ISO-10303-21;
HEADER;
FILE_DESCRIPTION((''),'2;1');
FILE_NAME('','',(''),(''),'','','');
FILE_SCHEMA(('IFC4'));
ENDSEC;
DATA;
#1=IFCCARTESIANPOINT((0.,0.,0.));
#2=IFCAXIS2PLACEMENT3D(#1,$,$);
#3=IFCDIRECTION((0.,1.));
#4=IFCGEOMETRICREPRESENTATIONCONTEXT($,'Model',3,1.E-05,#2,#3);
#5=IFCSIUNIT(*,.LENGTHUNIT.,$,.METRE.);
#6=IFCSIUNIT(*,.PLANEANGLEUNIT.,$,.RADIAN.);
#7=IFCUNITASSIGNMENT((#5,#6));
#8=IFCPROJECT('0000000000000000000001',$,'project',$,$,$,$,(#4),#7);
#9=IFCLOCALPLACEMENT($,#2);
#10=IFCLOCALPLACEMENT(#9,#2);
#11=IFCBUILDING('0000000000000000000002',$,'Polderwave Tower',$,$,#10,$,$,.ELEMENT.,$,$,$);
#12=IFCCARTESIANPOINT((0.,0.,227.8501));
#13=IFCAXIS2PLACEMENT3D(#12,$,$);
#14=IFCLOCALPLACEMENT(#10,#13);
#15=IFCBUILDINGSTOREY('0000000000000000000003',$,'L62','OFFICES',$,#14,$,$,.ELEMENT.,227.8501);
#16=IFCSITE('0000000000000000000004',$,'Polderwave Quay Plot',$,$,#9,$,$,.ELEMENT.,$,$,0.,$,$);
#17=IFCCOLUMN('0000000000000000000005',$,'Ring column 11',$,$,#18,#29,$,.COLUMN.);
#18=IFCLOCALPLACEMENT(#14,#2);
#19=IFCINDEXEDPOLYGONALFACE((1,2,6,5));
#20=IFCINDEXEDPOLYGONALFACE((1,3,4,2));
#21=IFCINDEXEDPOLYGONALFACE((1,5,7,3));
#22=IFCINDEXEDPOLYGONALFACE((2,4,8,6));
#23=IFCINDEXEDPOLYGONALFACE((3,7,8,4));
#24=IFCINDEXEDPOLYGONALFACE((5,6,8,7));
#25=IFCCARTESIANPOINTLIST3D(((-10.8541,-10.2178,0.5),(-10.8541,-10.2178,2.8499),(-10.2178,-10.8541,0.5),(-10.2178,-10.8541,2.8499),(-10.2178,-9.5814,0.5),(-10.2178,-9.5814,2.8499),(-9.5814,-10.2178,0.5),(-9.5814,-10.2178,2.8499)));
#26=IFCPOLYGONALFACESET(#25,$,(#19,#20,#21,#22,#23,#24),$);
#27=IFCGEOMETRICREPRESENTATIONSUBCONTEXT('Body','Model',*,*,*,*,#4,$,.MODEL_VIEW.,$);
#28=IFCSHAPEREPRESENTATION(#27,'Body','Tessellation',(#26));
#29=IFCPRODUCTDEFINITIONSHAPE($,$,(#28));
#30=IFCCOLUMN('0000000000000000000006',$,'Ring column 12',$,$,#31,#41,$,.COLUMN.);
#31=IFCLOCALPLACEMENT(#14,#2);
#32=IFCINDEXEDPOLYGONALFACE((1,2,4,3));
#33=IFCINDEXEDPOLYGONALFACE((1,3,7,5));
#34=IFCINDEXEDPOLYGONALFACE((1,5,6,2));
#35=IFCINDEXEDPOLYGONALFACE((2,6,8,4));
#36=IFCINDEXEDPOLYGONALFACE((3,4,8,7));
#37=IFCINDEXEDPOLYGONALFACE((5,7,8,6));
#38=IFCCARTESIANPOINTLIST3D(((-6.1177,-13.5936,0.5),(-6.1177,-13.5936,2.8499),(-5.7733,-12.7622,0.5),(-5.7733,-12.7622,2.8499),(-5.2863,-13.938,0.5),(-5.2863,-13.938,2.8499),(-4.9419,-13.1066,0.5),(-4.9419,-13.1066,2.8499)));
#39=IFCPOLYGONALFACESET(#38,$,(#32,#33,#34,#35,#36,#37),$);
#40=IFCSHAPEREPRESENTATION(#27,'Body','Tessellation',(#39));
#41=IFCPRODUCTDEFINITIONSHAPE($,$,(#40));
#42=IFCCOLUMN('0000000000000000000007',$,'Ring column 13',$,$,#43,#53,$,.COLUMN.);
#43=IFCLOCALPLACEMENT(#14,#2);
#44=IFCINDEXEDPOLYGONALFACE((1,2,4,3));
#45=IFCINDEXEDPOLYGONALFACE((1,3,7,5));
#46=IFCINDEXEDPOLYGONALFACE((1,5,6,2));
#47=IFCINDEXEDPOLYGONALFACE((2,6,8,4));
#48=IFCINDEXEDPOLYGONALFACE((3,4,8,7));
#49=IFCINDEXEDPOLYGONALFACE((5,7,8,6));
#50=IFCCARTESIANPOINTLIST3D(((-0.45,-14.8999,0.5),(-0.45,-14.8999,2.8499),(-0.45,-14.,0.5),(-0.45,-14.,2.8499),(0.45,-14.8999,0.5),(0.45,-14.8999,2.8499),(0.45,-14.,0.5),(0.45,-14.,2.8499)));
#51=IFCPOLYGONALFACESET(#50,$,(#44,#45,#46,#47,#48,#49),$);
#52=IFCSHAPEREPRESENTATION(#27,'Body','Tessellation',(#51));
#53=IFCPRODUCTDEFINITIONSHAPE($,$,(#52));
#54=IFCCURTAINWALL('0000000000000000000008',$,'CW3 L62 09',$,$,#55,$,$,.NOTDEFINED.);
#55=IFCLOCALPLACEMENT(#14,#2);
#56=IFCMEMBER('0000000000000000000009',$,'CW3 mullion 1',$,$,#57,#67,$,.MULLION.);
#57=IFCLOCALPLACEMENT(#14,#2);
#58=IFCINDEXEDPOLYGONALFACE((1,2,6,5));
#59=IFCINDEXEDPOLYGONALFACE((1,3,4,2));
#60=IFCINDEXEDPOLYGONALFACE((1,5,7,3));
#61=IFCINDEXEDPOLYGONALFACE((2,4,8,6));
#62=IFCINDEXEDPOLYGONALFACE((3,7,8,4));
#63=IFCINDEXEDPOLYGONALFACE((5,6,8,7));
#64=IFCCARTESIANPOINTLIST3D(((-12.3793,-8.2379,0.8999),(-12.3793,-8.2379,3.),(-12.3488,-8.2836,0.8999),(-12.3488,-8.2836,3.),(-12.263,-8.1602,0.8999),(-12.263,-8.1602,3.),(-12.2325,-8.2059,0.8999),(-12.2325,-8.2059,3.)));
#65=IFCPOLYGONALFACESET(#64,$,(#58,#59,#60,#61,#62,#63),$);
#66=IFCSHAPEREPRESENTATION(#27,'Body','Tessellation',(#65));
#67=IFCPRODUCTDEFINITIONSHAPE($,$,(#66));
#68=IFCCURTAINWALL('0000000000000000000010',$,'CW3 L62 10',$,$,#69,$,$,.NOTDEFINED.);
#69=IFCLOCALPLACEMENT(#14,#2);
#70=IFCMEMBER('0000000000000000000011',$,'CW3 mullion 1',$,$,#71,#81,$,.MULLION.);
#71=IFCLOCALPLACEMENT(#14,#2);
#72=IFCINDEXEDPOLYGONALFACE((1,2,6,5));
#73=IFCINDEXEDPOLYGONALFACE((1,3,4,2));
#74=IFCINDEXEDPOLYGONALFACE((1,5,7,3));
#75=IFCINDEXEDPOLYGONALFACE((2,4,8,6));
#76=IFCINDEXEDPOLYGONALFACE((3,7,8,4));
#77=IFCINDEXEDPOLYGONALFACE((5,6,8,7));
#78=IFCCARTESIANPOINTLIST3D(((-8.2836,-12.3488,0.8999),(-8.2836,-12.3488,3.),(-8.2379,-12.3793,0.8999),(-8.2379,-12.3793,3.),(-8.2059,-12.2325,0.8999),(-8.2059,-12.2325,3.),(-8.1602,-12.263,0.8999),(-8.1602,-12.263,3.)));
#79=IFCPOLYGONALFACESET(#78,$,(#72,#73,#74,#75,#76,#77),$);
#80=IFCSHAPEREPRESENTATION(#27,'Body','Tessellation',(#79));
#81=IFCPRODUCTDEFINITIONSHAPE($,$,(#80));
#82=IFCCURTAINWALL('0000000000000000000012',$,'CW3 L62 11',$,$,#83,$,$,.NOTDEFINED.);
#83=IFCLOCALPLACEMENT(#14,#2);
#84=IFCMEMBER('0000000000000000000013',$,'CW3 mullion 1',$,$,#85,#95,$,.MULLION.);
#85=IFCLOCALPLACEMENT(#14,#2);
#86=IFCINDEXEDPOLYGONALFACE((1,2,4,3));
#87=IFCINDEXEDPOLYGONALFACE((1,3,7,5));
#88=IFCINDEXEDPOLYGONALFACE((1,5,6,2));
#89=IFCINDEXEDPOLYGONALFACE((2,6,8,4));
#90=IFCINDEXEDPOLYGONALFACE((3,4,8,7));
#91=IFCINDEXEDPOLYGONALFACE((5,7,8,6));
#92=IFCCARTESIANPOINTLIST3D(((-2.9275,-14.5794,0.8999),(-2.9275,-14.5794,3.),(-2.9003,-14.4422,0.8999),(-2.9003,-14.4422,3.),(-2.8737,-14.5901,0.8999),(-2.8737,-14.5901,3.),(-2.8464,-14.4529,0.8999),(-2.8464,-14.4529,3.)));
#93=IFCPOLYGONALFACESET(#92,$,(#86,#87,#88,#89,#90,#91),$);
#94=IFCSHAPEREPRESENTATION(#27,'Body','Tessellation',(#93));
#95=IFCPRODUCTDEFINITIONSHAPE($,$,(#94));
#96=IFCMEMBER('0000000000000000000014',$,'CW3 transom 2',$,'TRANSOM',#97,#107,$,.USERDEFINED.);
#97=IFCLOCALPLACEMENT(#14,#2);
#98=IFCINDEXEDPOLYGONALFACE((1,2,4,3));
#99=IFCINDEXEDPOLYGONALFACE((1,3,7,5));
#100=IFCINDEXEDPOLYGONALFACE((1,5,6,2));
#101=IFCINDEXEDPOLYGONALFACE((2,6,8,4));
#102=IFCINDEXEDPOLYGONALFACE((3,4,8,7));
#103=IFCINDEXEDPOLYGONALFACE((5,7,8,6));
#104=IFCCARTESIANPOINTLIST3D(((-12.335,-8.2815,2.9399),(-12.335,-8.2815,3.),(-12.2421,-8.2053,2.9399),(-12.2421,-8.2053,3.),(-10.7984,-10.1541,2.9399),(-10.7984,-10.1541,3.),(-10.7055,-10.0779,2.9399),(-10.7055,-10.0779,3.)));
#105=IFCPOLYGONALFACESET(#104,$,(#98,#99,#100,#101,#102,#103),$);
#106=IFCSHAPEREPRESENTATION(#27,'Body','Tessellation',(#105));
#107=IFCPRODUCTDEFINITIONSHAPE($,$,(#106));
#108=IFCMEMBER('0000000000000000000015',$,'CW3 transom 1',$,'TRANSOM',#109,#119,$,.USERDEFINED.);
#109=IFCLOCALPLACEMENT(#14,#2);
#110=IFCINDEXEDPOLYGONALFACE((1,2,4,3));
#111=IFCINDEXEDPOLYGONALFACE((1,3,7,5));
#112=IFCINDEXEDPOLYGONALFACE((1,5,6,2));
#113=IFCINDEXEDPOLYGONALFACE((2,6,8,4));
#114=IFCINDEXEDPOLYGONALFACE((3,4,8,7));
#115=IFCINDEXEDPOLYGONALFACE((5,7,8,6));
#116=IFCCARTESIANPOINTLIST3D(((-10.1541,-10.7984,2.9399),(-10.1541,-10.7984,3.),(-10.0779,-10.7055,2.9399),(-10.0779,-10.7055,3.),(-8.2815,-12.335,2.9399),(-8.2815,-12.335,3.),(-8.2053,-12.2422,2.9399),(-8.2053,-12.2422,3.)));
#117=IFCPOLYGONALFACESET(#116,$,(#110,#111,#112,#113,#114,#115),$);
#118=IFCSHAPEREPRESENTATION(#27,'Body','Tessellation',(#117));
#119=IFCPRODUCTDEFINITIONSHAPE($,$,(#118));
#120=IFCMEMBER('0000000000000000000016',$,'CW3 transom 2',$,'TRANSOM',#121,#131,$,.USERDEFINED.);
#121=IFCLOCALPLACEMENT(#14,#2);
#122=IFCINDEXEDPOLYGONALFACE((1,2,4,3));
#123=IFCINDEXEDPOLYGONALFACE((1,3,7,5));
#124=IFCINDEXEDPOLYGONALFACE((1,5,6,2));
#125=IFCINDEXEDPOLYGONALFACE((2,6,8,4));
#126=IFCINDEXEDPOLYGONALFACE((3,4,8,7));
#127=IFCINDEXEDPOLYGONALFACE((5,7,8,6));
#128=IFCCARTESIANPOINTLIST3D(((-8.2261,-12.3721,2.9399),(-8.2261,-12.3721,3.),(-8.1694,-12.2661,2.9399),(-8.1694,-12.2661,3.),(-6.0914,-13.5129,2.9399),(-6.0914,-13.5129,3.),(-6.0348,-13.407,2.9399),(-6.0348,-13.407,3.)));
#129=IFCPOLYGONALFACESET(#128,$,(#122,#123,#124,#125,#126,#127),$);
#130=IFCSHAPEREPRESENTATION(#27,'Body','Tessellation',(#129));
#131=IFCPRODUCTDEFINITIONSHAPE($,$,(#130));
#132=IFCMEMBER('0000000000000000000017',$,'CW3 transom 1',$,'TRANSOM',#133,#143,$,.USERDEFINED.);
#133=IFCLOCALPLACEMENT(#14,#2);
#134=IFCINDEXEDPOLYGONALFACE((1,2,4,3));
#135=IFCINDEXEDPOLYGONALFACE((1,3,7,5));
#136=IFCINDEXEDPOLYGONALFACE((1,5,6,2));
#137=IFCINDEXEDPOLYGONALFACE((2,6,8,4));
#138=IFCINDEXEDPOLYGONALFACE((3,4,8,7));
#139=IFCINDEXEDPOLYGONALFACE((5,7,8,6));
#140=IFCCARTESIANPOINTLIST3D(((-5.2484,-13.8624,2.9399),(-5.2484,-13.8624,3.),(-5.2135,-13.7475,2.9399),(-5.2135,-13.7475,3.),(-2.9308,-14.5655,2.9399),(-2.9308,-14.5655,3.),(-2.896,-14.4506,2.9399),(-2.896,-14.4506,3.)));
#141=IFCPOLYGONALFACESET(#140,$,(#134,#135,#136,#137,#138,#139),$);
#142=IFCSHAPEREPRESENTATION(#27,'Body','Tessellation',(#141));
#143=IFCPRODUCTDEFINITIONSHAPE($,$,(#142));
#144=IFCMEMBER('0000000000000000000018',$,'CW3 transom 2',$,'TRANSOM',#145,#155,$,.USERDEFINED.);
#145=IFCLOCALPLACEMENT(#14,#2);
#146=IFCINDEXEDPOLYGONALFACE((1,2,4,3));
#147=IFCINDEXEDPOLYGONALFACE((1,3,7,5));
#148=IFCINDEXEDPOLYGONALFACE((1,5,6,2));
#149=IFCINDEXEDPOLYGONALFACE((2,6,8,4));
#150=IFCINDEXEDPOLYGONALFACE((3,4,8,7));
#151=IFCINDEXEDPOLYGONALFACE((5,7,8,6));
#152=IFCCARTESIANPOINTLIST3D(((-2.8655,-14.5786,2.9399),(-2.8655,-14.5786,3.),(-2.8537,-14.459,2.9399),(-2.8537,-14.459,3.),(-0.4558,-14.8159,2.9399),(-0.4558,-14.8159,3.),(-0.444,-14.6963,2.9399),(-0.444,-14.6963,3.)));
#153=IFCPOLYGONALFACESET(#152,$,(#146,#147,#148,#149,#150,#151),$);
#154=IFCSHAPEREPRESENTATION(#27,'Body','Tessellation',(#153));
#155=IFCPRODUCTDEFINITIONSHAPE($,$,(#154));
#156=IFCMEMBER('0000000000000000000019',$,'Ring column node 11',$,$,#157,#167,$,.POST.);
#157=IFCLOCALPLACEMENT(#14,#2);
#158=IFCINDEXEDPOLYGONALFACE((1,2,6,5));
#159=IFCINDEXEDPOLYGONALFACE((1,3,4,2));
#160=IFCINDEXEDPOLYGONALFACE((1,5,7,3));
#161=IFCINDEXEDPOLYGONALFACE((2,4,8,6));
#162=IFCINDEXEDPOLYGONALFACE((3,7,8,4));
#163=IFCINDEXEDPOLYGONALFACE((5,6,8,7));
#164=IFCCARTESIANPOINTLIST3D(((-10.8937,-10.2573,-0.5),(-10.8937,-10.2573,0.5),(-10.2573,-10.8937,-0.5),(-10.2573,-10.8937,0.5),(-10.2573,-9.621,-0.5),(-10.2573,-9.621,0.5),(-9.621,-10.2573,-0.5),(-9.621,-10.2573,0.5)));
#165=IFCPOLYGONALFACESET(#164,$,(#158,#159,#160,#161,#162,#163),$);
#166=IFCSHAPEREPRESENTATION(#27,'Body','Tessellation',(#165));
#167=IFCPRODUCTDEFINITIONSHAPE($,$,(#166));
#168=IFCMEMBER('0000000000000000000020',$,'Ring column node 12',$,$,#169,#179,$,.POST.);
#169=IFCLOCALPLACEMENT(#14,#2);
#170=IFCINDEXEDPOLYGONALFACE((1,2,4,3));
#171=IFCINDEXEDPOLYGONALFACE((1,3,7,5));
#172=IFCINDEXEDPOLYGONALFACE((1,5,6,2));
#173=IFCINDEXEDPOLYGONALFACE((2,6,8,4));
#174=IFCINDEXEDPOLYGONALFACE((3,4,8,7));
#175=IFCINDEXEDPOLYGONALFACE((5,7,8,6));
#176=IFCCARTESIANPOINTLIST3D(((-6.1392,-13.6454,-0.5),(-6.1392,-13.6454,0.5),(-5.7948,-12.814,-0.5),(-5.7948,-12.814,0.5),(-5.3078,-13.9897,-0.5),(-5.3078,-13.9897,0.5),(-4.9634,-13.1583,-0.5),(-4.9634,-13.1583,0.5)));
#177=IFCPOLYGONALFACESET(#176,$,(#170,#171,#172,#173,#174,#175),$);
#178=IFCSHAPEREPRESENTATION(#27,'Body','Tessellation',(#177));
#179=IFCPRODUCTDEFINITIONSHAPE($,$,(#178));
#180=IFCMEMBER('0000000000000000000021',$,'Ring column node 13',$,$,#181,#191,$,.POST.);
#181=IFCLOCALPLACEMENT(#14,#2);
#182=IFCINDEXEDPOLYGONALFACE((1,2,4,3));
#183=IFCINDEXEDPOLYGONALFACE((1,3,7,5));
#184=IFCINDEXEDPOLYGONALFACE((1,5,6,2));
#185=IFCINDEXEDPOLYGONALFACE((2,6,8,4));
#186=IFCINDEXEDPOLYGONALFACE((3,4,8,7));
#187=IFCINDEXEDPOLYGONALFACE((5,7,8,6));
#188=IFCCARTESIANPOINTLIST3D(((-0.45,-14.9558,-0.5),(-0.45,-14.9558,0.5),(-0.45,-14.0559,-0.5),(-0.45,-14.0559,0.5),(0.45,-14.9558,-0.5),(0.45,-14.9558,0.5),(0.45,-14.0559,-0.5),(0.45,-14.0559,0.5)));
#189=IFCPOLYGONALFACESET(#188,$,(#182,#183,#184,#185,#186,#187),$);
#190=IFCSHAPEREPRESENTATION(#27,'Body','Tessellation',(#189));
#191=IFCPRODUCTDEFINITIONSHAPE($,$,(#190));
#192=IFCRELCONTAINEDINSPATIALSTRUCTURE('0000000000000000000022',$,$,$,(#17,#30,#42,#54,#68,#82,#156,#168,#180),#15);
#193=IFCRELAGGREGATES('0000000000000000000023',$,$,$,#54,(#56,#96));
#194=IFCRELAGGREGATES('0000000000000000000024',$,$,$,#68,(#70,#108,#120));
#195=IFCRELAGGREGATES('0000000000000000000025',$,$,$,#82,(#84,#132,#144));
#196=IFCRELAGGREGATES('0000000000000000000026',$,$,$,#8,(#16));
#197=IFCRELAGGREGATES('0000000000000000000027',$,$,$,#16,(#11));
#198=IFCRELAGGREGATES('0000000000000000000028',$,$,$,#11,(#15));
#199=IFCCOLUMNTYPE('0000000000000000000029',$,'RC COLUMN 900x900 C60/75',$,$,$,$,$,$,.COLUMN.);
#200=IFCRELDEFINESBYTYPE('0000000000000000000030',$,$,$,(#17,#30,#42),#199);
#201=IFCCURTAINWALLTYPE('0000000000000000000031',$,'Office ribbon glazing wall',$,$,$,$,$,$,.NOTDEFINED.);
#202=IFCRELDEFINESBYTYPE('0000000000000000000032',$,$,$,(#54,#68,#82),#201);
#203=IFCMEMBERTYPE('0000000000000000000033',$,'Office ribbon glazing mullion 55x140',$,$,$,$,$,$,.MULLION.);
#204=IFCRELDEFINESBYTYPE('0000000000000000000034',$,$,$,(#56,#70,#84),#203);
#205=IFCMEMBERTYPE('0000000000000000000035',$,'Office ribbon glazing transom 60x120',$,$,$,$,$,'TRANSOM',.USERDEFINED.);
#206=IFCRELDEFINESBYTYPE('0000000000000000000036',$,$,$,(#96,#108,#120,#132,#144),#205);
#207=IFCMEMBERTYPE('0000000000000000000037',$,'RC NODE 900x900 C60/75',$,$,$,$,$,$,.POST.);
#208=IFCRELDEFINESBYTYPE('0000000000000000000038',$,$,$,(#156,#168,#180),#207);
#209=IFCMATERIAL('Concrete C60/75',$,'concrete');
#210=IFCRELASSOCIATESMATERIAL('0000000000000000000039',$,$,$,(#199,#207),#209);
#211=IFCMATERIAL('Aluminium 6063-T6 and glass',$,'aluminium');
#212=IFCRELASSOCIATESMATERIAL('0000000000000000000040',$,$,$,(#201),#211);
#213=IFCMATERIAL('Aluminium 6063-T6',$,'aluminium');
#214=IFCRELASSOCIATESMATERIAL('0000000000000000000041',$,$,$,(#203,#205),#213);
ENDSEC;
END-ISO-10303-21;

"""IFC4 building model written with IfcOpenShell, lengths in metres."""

from ifc_helpers import new_model, si_unit, direction, frame, origin, origin_2d, place, context, subcontext, project, spatial, rectangle, extrude, material, material_profile, profile_set, type_object, element, aggregate, save


model = new_model("IFC4")

# Units and contexts
model_context = context("Model", 3, precision=1e-05, world=origin(), true_north=direction((0.0, 1.0)))
body_context = subcontext(model_context, "Body", "Model", "MODEL_VIEW")
ifc_project = project(units=[si_unit("LENGTHUNIT", "METRE"), si_unit("PLANEANGLEUNIT", "RADIAN")], contexts=[model_context])

# Site, building, storey
site_placement = place(None, origin())
site = spatial("IfcSite", under=ifc_project, at=site_placement, Name="Polderwave Quay Plot", CompositionType="ELEMENT", RefElevation=0.0)
building_placement = place(site_placement, origin())
building = spatial("IfcBuilding", under=site, at=building_placement, Name="Polderwave Tower", CompositionType="ELEMENT")
storey_placement = place(building_placement, frame((0.0, 0.0, 227.8501)))
storey = spatial("IfcBuildingStorey", under=building, at=storey_placement, Name="L62", Description="OFFICES", CompositionType="ELEMENT", Elevation=227.8501)

# Columns
ifc_material_1 = material(Name="Concrete C60/75", Category="concrete")
ifc_material_profile_1 = material_profile(ifc_material_1, rectangle(XDim=0.8999, YDim=0.8999, at=origin_2d()), Name="RC 900x900")
ifc_profile_set_1 = profile_set([ifc_material_profile_1], Name="Concrete C60/75")
column_type = type_object("IfcColumnType", Name="RC COLUMN 900x900 C60/75", PredefinedType="COLUMN", material=ifc_profile_set_1)
for number, where, z_axis, x_axis, name in (
    (1, (-10.2178, -10.2178, 0.5), (0.0, 0.0, 1.0), (-0.707107, -0.707107, 0.0), "Ring column 11"),
    (2, (-5.5298, -13.3501, 0.5), (0.0, 0.0, 1.0), (-0.382683, -0.92388, 0.0), "Ring column 12"),
    (3, (0.0, -14.45, 0.5), (0.0, 0.0, 1.0), (0.0, -1.0, 0.0), "Ring column 13"),
):
    element("IfcColumn", number, at=place(storey_placement, frame(where, z_axis=z_axis, x_axis=x_axis)), inside=storey, type_object=column_type, Name=name, PredefinedType="COLUMN", context=body_context, shape_type="SweptSolid", body=[
        extrude(rectangle(XDim=0.8999, YDim=0.8999, at=origin_2d()), origin(), (0.0, 0.0, 1.0), 2.3499),
    ])

# Curtain walls, members
ifc_material_2 = material(Name="Aluminium 6063-T6 and glass", Category="aluminium")
curtain_wall_type = type_object("IfcCurtainWallType", Name="Office ribbon glazing wall", PredefinedType="NOTDEFINED", material=ifc_material_2)
curtain_wall_1_placement = place(storey_placement, origin())
curtain_wall_1 = element("IfcCurtainWall", 4, at=curtain_wall_1_placement, inside=storey, type_object=curtain_wall_type, Name="CW3 L62 09", PredefinedType="NOTDEFINED")
ifc_material_3 = material(Name="Aluminium 6063-T6", Category="aluminium")
ifc_material_profile_2 = material_profile(ifc_material_3, rectangle(XDim=0.1399, YDim=0.0549, at=origin_2d()), Name="AL 55x140")
ifc_profile_set_2 = profile_set([ifc_material_profile_2], Name="Aluminium 6063-T6")
member_type_1 = type_object("IfcMemberType", Name="Office ribbon glazing mullion 55x140", PredefinedType="MULLION", material=ifc_profile_set_2)
member_1_placement = place(storey_placement, frame((-12.3059, -8.2219, 0.8999), z_axis=(0.0, 0.0, 1.0), x_axis=(0.831503, 0.555521, 0.0)))
member_1 = element("IfcMember", 5, at=member_1_placement, type_object=member_type_1, Name="CW3 mullion 1", PredefinedType="MULLION", context=body_context, shape_type="SweptSolid", body=[
    extrude(rectangle(XDim=0.1399, YDim=0.0549, at=origin_2d()), origin(), (0.0, 0.0, 1.0), 2.1001),
])
curtain_wall_2_placement = place(storey_placement, origin())
curtain_wall_2 = element("IfcCurtainWall", 6, at=curtain_wall_2_placement, inside=storey, type_object=curtain_wall_type, Name="CW3 L62 10", PredefinedType="NOTDEFINED")
member_2_placement = place(storey_placement, frame((-8.2219, -12.3059, 0.8999), z_axis=(0.0, 0.0, 1.0), x_axis=(0.555521, 0.831503, 0.0)))
member_2 = element("IfcMember", 7, at=member_2_placement, type_object=member_type_1, Name="CW3 mullion 1", PredefinedType="MULLION", context=body_context, shape_type="SweptSolid", body=[
    extrude(rectangle(XDim=0.1399, YDim=0.0549, at=origin_2d()), origin(), (0.0, 0.0, 1.0), 2.1001),
])
curtain_wall_3_placement = place(storey_placement, origin())
curtain_wall_3 = element("IfcCurtainWall", 8, at=curtain_wall_3_placement, inside=storey, type_object=curtain_wall_type, Name="CW3 L62 11", PredefinedType="NOTDEFINED")
member_3_placement = place(storey_placement, frame((-2.887, -14.5161, 0.8999), z_axis=(0.0, 0.0, 1.0), x_axis=(0.195077, 0.980788, 0.0)))
member_3 = element("IfcMember", 9, at=member_3_placement, type_object=member_type_1, Name="CW3 mullion 1", PredefinedType="MULLION", context=body_context, shape_type="SweptSolid", body=[
    extrude(rectangle(XDim=0.1399, YDim=0.0549, at=origin_2d()), origin(), (0.0, 0.0, 1.0), 2.1001),
])

# Members
ifc_material_profile_3 = material_profile(ifc_material_3, rectangle(XDim=0.1201, YDim=0.0601, at=origin_2d()), Name="AL 60x120")
ifc_profile_set_3 = profile_set([ifc_material_profile_3], Name="Aluminium 6063-T6")
member_type_2 = type_object("IfcMemberType", Name="Office ribbon glazing transom 60x120", ElementType="TRANSOM", PredefinedType="USERDEFINED", material=ifc_profile_set_3)
member_4_placement = place(storey_placement, frame((-12.2886, -8.2434, 2.97), z_axis=(0.634357, -0.77304, 0.0), x_axis=(0.77304, 0.634357, 0.0)))
member_4 = element("IfcMember", 10, at=member_4_placement, type_object=member_type_2, Name="CW3 transom 2", ObjectType="TRANSOM", PredefinedType="USERDEFINED", context=body_context, shape_type="SweptSolid", body=[
    extrude(rectangle(XDim=0.1201, YDim=0.0601, at=origin_2d()), origin(), (0.0, 0.0, 1.0), 2.4224),
])
member_5_placement = place(storey_placement, frame((-10.116, -10.752, 2.97), z_axis=(0.77304, -0.634357, 0.0), x_axis=(0.634357, 0.77304, 0.0)))
member_5 = element("IfcMember", 11, at=member_5_placement, type_object=member_type_2, Name="CW3 transom 1", ObjectType="TRANSOM", PredefinedType="USERDEFINED", context=body_context, shape_type="SweptSolid", body=[
    extrude(rectangle(XDim=0.1201, YDim=0.0601, at=origin_2d()), origin(), (0.0, 0.0, 1.0), 2.4224),
])
member_6_placement = place(storey_placement, frame((-8.1978, -12.3191, 2.97), z_axis=(0.881953, -0.471337, 0.0), x_axis=(0.471337, 0.881953, 0.0)))
member_6 = element("IfcMember", 12, at=member_6_placement, type_object=member_type_2, Name="CW3 transom 2", ObjectType="TRANSOM", PredefinedType="USERDEFINED", context=body_context, shape_type="SweptSolid", body=[
    extrude(rectangle(XDim=0.1201, YDim=0.0601, at=origin_2d()), origin(), (0.0, 0.0, 1.0), 2.4204),
])
member_7_placement = place(storey_placement, frame((-5.231, -13.8049, 2.97), z_axis=(0.956931, -0.290315, 0.0), x_axis=(0.290315, 0.956931, 0.0)))
member_7 = element("IfcMember", 13, at=member_7_placement, type_object=member_type_2, Name="CW3 transom 1", ObjectType="TRANSOM", PredefinedType="USERDEFINED", context=body_context, shape_type="SweptSolid", body=[
    extrude(rectangle(XDim=0.1201, YDim=0.0601, at=origin_2d()), origin(), (0.0, 0.0, 1.0), 2.4219),
])
member_8_placement = place(storey_placement, frame((-2.8596, -14.5188, 2.97), z_axis=(0.995186, -0.098006, 0.0), x_axis=(0.098006, 0.995186, 0.0)))
member_8 = element("IfcMember", 14, at=member_8_placement, type_object=member_type_2, Name="CW3 transom 2", ObjectType="TRANSOM", PredefinedType="USERDEFINED", context=body_context, shape_type="SweptSolid", body=[
    extrude(rectangle(XDim=0.1201, YDim=0.0601, at=origin_2d()), origin(), (0.0, 0.0, 1.0), 2.4214),
])

# Members
ifc_material_profile_4 = material_profile(ifc_material_1, rectangle(XDim=0.8999, YDim=0.8999, at=origin_2d()), Name="RC 900x900")
ifc_profile_set_4 = profile_set([ifc_material_profile_4], Name="Concrete C60/75")
member_type_3 = type_object("IfcMemberType", Name="RC NODE 900x900 C60/75", PredefinedType="POST", material=ifc_profile_set_4)
for number, where, z_axis, x_axis, name in (
    (15, (-10.2573, -10.2573, -0.5), (0.0, 0.0, 1.0), (-0.707107, -0.707107, 0.0), "Ring column node 11"),
    (16, (-5.5513, -13.4019, -0.5), (0.0, 0.0, 1.0), (-0.382683, -0.92388, 0.0), "Ring column node 12"),
    (17, (0.0, -14.5059, -0.5), (0.0, 0.0, 1.0), (0.0, -1.0, 0.0), "Ring column node 13"),
):
    element("IfcMember", number, at=place(storey_placement, frame(where, z_axis=z_axis, x_axis=x_axis)), inside=storey, type_object=member_type_3, Name=name, PredefinedType="POST", context=body_context, shape_type="SweptSolid", body=[
        extrude(rectangle(XDim=0.8999, YDim=0.8999, at=origin_2d()), origin(), (0.0, 0.0, 1.0), 1.0),
    ])

aggregate(curtain_wall_1, [member_1, member_4])
aggregate(curtain_wall_2, [member_2, member_5, member_6])
aggregate(curtain_wall_3, [member_3, member_7, member_8])

save(model, "model.ifc")
